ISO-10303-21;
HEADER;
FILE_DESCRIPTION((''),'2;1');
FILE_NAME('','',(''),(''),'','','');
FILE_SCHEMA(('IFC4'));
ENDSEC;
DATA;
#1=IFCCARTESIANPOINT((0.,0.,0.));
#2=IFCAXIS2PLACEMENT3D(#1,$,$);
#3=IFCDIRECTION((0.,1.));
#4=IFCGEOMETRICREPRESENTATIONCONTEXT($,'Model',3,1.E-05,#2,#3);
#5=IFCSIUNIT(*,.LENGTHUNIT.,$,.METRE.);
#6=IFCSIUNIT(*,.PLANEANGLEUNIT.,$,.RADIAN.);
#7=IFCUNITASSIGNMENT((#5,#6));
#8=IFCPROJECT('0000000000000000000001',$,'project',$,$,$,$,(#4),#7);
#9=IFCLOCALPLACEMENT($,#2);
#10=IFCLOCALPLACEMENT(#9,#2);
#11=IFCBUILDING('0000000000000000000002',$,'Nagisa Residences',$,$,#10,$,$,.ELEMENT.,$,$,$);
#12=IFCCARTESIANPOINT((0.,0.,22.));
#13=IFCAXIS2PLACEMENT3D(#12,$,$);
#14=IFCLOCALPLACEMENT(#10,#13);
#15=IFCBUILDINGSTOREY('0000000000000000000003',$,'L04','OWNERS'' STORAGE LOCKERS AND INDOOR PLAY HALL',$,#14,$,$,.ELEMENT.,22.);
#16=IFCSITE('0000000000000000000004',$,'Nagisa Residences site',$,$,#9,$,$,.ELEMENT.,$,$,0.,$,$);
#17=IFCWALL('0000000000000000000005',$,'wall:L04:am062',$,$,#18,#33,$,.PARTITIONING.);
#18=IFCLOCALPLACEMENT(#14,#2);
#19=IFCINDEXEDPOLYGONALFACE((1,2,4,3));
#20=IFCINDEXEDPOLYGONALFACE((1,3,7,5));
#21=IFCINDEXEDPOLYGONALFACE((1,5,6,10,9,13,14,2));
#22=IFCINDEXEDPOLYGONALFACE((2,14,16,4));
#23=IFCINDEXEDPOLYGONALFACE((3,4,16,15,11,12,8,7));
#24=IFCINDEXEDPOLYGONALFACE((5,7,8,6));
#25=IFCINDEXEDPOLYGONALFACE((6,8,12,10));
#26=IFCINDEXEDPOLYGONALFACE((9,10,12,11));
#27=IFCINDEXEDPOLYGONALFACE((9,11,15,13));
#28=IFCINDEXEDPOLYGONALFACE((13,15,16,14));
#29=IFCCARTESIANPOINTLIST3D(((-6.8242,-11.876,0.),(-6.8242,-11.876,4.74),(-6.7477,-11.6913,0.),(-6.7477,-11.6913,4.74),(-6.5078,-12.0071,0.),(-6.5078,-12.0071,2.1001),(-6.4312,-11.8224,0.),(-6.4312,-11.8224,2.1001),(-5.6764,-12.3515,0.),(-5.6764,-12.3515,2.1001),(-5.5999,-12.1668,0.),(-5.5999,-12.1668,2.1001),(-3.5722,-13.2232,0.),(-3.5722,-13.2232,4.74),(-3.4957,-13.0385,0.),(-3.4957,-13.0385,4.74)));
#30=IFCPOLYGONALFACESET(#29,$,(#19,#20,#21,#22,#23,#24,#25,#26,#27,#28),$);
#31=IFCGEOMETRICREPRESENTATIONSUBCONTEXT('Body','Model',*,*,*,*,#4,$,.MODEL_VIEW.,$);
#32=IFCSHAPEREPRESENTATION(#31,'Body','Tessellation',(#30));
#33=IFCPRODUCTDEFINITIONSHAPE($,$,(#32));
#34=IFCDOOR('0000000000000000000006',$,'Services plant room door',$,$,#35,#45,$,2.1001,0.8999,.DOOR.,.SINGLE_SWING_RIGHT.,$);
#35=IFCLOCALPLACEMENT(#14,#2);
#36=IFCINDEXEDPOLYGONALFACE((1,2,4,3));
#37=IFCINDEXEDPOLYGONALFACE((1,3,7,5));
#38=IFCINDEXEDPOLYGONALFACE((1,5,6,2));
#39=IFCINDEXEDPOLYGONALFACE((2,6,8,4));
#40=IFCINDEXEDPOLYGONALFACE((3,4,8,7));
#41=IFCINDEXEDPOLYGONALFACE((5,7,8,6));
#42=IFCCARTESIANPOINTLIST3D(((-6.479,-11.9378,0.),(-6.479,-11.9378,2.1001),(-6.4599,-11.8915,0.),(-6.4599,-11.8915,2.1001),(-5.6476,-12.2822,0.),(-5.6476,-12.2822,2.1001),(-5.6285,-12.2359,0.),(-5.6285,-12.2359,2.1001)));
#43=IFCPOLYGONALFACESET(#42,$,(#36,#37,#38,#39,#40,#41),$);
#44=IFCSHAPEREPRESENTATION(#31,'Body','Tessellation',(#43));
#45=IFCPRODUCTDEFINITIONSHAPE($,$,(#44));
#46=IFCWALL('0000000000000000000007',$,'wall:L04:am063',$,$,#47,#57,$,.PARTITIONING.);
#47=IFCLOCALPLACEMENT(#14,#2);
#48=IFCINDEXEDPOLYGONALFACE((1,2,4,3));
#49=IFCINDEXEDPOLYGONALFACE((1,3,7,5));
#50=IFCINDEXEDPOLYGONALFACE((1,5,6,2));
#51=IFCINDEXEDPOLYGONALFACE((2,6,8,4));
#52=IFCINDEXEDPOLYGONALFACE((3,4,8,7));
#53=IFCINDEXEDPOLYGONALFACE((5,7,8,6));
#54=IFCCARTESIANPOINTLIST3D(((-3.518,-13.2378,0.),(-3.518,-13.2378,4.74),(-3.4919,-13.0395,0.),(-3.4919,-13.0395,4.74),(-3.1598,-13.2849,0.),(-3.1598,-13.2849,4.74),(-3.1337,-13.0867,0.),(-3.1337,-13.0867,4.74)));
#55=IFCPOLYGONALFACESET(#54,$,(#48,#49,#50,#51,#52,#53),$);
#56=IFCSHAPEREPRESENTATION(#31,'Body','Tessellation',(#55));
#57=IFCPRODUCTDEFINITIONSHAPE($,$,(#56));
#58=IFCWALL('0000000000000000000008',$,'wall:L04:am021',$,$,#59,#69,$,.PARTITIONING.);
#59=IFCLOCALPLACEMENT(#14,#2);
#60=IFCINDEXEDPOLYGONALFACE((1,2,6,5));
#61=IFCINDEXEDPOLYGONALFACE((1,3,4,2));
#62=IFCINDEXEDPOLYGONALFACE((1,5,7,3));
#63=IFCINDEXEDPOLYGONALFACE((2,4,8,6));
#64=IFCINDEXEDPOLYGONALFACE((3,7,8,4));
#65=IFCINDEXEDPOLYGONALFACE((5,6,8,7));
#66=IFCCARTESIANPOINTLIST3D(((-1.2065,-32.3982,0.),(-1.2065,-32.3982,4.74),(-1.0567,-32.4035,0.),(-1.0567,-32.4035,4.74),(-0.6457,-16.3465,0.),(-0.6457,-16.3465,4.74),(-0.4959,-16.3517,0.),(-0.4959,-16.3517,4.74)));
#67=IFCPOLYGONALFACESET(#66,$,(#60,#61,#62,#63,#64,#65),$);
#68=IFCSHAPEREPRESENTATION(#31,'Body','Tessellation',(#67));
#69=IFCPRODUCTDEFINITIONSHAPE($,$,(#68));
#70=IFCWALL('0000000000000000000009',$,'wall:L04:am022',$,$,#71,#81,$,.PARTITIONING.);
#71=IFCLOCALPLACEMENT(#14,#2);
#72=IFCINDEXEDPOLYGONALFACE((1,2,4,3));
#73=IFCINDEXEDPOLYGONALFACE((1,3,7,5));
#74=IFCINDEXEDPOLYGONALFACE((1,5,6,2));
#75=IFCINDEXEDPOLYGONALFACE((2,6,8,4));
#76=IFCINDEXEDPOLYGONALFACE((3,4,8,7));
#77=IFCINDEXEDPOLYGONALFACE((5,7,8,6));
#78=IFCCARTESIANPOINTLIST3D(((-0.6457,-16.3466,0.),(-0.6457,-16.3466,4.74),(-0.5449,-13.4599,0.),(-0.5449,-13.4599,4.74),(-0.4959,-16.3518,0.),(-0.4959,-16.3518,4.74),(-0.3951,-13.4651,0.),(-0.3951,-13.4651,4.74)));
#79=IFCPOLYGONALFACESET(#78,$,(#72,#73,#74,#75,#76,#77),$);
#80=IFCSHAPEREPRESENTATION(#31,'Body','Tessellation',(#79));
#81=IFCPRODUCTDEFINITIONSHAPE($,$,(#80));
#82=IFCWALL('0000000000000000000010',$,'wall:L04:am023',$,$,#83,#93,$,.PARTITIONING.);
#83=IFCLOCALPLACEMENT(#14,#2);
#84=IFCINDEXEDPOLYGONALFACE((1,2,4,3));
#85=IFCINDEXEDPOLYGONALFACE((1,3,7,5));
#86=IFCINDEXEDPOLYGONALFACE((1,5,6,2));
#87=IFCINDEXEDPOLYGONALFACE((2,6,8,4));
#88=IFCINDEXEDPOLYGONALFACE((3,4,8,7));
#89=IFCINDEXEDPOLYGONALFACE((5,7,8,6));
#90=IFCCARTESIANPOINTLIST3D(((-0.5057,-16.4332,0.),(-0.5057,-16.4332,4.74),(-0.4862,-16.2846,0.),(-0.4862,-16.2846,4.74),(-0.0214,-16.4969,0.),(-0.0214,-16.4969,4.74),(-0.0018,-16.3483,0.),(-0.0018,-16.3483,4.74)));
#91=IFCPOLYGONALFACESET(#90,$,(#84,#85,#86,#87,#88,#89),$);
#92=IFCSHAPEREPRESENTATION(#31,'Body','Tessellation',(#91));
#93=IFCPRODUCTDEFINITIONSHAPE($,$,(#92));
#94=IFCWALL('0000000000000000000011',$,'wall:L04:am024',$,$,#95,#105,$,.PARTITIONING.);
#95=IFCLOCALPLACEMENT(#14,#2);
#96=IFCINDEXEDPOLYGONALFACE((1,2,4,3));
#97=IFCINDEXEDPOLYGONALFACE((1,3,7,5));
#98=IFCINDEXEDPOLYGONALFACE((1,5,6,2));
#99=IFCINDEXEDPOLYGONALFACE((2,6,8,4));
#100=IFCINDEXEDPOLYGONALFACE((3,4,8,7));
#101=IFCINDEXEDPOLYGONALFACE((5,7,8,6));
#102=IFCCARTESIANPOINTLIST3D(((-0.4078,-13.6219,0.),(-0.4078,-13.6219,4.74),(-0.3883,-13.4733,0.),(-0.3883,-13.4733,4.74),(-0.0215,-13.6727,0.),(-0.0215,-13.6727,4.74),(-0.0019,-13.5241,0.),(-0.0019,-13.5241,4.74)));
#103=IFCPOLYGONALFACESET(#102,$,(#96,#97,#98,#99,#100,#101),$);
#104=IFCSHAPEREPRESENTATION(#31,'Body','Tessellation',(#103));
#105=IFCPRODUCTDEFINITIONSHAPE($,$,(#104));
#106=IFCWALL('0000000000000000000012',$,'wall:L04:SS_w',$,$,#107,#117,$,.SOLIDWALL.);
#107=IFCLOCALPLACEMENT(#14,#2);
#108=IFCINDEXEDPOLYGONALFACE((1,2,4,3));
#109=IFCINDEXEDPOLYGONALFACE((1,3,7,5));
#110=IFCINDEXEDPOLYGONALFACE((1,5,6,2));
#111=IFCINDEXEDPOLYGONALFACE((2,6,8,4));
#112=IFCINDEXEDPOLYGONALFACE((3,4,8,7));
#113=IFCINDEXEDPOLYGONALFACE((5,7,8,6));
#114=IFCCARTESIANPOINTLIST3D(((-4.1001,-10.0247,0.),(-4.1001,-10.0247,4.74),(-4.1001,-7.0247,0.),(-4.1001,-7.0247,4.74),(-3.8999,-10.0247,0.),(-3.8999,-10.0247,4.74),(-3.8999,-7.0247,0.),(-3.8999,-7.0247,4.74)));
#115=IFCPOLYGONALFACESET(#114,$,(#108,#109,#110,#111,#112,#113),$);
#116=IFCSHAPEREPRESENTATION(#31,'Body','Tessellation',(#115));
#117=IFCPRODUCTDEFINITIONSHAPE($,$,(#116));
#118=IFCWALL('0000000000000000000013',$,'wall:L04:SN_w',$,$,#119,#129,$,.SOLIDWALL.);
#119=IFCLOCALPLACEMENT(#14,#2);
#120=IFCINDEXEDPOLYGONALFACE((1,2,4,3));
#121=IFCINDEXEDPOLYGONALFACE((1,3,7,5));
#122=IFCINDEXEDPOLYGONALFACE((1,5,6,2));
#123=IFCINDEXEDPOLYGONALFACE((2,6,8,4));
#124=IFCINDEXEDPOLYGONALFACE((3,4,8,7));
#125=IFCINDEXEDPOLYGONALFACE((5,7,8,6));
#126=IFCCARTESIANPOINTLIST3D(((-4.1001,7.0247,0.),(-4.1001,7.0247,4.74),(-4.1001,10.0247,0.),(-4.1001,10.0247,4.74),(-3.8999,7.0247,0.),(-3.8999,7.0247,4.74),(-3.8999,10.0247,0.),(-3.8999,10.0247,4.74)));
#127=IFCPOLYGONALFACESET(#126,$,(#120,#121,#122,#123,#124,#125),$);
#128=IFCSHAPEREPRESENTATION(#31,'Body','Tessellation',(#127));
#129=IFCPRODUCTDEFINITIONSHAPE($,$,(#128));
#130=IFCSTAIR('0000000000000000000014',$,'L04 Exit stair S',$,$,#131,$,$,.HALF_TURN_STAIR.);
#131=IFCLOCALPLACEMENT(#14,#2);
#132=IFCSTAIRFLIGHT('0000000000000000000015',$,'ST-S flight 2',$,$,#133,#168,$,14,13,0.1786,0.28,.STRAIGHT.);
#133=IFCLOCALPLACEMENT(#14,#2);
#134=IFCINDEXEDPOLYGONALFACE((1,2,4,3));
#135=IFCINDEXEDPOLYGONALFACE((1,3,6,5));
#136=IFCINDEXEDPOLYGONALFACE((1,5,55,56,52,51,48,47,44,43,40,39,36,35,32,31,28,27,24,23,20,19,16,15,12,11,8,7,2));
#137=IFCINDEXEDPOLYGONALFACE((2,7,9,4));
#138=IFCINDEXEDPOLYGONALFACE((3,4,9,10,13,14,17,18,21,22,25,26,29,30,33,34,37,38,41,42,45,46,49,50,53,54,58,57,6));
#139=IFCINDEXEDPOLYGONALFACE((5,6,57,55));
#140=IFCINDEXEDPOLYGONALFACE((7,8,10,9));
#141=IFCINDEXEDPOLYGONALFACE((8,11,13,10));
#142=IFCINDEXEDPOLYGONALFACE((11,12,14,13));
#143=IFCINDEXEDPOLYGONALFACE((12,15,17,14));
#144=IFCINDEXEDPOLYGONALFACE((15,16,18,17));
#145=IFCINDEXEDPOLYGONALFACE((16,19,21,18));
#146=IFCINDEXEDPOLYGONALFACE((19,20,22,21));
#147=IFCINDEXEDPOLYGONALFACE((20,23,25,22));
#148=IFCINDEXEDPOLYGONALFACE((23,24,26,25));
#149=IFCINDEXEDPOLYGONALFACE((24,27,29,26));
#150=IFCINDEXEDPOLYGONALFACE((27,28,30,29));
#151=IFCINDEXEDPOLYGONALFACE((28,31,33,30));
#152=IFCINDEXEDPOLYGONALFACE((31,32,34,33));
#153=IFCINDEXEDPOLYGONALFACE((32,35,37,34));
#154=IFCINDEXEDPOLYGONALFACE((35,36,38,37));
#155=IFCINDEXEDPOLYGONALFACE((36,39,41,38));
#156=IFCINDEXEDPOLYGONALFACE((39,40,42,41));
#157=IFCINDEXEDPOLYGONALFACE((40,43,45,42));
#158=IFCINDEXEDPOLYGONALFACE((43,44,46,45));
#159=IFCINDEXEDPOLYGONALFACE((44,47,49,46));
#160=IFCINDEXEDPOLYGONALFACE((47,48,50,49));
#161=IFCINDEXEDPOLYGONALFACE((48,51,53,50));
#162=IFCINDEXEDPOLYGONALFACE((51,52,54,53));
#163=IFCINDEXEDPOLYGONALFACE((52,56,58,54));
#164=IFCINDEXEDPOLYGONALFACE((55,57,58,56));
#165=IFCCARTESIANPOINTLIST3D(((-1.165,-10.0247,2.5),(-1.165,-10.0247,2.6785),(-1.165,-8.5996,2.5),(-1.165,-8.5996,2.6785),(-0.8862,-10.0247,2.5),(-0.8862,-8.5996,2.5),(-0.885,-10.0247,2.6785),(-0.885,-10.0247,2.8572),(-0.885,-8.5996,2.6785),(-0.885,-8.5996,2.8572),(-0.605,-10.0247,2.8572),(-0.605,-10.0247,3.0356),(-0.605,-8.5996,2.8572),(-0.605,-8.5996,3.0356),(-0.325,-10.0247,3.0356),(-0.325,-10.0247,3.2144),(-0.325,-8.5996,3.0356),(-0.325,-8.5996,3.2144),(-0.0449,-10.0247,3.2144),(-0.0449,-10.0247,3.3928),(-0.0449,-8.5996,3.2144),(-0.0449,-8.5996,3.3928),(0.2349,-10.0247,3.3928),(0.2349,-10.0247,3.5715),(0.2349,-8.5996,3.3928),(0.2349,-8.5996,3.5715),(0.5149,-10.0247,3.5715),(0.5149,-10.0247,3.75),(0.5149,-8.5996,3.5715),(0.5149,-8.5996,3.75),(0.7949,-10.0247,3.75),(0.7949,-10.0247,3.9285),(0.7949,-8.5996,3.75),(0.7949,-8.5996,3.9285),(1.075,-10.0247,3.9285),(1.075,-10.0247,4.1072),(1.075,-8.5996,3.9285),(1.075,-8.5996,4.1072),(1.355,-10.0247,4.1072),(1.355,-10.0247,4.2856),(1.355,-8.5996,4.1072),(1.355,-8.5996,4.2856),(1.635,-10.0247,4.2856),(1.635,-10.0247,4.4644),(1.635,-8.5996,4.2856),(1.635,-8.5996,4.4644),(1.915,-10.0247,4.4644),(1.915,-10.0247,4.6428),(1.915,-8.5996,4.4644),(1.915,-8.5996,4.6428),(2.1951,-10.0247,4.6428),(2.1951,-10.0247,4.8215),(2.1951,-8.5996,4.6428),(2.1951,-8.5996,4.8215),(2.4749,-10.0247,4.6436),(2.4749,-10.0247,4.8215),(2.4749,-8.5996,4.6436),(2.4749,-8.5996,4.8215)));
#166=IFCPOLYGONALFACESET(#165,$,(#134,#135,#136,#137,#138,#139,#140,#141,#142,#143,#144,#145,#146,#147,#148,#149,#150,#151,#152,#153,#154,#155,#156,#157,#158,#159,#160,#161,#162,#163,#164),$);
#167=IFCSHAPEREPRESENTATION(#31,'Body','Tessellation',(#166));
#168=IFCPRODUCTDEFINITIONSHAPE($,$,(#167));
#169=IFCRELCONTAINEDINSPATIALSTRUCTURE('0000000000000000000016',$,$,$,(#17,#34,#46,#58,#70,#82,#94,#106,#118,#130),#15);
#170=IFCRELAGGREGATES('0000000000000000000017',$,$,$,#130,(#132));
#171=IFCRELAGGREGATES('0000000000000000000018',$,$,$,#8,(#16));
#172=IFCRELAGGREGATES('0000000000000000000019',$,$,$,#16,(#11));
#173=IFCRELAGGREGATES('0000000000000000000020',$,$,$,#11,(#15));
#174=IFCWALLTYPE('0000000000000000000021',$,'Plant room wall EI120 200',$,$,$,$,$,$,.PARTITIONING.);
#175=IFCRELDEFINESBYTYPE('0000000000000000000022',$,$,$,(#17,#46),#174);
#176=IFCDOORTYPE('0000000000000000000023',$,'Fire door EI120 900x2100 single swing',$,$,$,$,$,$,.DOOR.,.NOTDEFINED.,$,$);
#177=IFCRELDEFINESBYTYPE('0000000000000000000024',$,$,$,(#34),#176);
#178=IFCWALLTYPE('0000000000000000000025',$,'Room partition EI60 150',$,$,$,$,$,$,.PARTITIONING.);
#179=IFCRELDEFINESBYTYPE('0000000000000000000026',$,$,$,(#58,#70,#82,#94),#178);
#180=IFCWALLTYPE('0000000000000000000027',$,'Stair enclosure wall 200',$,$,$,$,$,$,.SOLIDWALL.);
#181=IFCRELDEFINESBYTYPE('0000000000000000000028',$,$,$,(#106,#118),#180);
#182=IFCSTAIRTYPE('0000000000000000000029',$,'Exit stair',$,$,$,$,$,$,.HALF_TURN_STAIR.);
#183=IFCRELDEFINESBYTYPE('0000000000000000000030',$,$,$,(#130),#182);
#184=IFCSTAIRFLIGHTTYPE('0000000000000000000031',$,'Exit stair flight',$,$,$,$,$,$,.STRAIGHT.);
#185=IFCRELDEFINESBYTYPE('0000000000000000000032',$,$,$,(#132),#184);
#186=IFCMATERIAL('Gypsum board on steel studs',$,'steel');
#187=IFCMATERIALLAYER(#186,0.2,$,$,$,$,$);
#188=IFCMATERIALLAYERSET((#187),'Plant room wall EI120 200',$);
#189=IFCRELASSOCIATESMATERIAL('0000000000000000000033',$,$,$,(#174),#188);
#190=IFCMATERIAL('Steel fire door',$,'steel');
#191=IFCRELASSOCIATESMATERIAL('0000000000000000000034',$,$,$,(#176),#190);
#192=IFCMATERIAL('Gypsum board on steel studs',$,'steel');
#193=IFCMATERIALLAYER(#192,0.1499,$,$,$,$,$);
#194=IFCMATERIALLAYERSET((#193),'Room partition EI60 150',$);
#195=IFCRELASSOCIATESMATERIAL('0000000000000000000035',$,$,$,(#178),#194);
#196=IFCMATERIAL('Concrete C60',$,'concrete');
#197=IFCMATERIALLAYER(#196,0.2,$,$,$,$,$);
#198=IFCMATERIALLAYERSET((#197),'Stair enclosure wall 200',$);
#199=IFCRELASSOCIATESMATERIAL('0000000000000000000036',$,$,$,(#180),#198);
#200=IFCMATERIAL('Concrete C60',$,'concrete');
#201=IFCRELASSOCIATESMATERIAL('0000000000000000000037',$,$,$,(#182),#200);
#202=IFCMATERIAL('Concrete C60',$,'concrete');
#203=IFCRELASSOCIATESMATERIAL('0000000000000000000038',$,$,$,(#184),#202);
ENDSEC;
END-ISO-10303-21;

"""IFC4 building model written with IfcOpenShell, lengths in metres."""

from ifc_helpers import new_model, si_unit, direction, frame, frame_2d, origin, place, context, subcontext, project, spatial, polyline, rectangle, outline, extrude, material, layer, layer_set, type_object, element, fill, aggregate, save


model = new_model("IFC4")

# Units and contexts
model_context = context("Model", 3, precision=1e-05, world=origin(), true_north=direction((0.0, 1.0)))
body_context = subcontext(model_context, "Body", "Model", "MODEL_VIEW")
ifc_project = project(units=[si_unit("LENGTHUNIT", "METRE"), si_unit("PLANEANGLEUNIT", "RADIAN")], contexts=[model_context])

# Site, building, storey
site_placement = place(None, origin())
site = spatial("IfcSite", under=ifc_project, at=site_placement, Name="Nagisa Residences site", CompositionType="ELEMENT", RefElevation=0.0)
building_placement = place(site_placement, origin())
building = spatial("IfcBuilding", under=site, at=building_placement, Name="Nagisa Residences", CompositionType="ELEMENT")
storey_placement = place(building_placement, frame((0.0, 0.0, 22.0)))
storey = spatial("IfcBuildingStorey", under=building, at=storey_placement, Name="L04", Description="OWNERS' STORAGE LOCKERS AND INDOOR PLAY HALL", CompositionType="ELEMENT", Elevation=22.0)

# Wall, opening, door
ifc_material_1 = material(Name="Gypsum board on steel studs", Category="steel")
ifc_layer_1 = layer(ifc_material_1, 0.2)
ifc_layer_set_1 = layer_set([ifc_layer_1], Name="Plant room wall EI120 200")
wall_type_1 = type_object("IfcWallType", Name="Plant room wall EI120 200", PredefinedType="PARTITIONING", material=ifc_layer_set_1)
wall_1_placement = place(storey_placement, frame((-3.5339, -13.1309, 0.0), z_axis=(0.0, 0.0, 1.0), x_axis=(-0.923863, 0.382723, 0.0)))
wall_1 = element("IfcWall", 1, at=wall_1_placement, inside=storey, type_object=wall_type_1, Name="wall:L04:am062", PredefinedType="PARTITIONING", context=body_context, shape_type="SweptSolid", body=[
    extrude(rectangle(XDim=3.52, YDim=0.2, at=frame_2d((1.76, 0.0))), origin(), (0.0, 0.0, 1.0), 4.74),
])
opening_placement = place(wall_1_placement, frame((2.2776, 0.0, 0.0)))
opening = element("IfcOpeningElement", 2, at=opening_placement, cuts=wall_1, PredefinedType="OPENING", context=body_context, shape_type="SweptSolid", body=[
    extrude(rectangle(XDim=0.8999, YDim=2.1001, at=frame_2d((0.45, 1.05))), frame((0.0, 0.1099, 0.0), z_axis=(0.0, -1.0, 0.0), x_axis=(1.0, 0.0, 0.0)), (0.0, 0.0, 1.0), 0.22),
])
ifc_material_2 = material(Name="Steel fire door", Category="steel")
door_type = type_object("IfcDoorType", Name="Fire door EI120 900x2100 single swing", OperationType="NOTDEFINED", PredefinedType="DOOR", material=ifc_material_2)
door_placement = place(opening_placement, origin())
door = element("IfcDoor", 3, at=door_placement, inside=storey, type_object=door_type, Name="Services plant room door", OperationType="SINGLE_SWING_RIGHT", OverallHeight=2.1001, OverallWidth=0.8999, PredefinedType="DOOR", context=body_context, shape_type="SweptSolid", body=[
    extrude(rectangle(XDim=0.8999, YDim=2.1001, at=frame_2d((0.45, 1.05))), frame((0.0, 0.0249, 0.0), z_axis=(0.0, -1.0, 0.0), x_axis=(1.0, 0.0, 0.0)), (0.0, 0.0, 1.0), 0.05),
])
fill(opening, door)

# Walls
wall_2_placement = place(storey_placement, frame((-3.1467, -13.1858, 0.0), z_axis=(0.0, 0.0, 1.0), x_axis=(-0.991457, 0.130437, 0.0)))
element("IfcWall", 4, at=wall_2_placement, inside=storey, type_object=wall_type_1, Name="wall:L04:am063", PredefinedType="PARTITIONING", context=body_context, shape_type="SweptSolid", body=[
    extrude(rectangle(XDim=0.3613, YDim=0.2, at=frame_2d((0.1807, 0.0))), origin(), (0.0, 0.0, 1.0), 4.74),
])
ifc_material_3 = material(Name="Gypsum board on steel studs", Category="steel")
ifc_layer_2 = layer(ifc_material_3, 0.1499)
ifc_layer_set_2 = layer_set([ifc_layer_2], Name="Room partition EI60 150")
wall_type_2 = type_object("IfcWallType", Name="Room partition EI60 150", PredefinedType="PARTITIONING", material=ifc_layer_set_2)
wall_3_placement = place(storey_placement, frame((-0.5708, -16.3491, 0.0), z_axis=(0.0, 0.0, 1.0), x_axis=(-0.034915, -0.99939, 0.0)))
element("IfcWall", 5, at=wall_3_placement, inside=storey, type_object=wall_type_2, Name="wall:L04:am021", PredefinedType="PARTITIONING", context=body_context, shape_type="SweptSolid", body=[
    extrude(rectangle(XDim=16.0615, YDim=0.1499, at=frame_2d((8.0308, 0.0))), origin(), (0.0, 0.0, 1.0), 4.74),
])
wall_4_placement = place(storey_placement, frame((-0.47, -13.4624, 0.0), z_axis=(0.0, 0.0, 1.0), x_axis=(-0.034908, -0.999391, 0.0)))
element("IfcWall", 6, at=wall_4_placement, inside=storey, type_object=wall_type_2, Name="wall:L04:am022", PredefinedType="PARTITIONING", context=body_context, shape_type="SweptSolid", body=[
    extrude(rectangle(XDim=2.8884, YDim=0.1499, at=frame_2d((1.4443, 0.0))), origin(), (0.0, 0.0, 1.0), 4.74),
])
wall_5_placement = place(storey_placement, frame((-0.0117, -16.4226, 0.0), z_axis=(0.0, 0.0, 1.0), x_axis=(-0.991458, 0.130429, 0.0)))
element("IfcWall", 7, at=wall_5_placement, inside=storey, type_object=wall_type_2, Name="wall:L04:am023", PredefinedType="PARTITIONING", context=body_context, shape_type="SweptSolid", body=[
    extrude(rectangle(XDim=0.4885, YDim=0.1499, at=frame_2d((0.2441, 0.0))), origin(), (0.0, 0.0, 1.0), 4.74),
])
wall_6_placement = place(storey_placement, frame((-0.0117, -13.5984, 0.0), z_axis=(0.0, 0.0, 1.0), x_axis=(-0.991467, 0.130357, 0.0)))
element("IfcWall", 8, at=wall_6_placement, inside=storey, type_object=wall_type_2, Name="wall:L04:am024", PredefinedType="PARTITIONING", context=body_context, shape_type="SweptSolid", body=[
    extrude(rectangle(XDim=0.3896, YDim=0.1499, at=frame_2d((0.1948, 0.0))), origin(), (0.0, 0.0, 1.0), 4.74),
])
ifc_material_4 = material(Name="Concrete C60", Category="concrete")
ifc_layer_3 = layer(ifc_material_4, 0.2)
ifc_layer_set_3 = layer_set([ifc_layer_3], Name="Stair enclosure wall 200")
wall_type_3 = type_object("IfcWallType", Name="Stair enclosure wall 200", PredefinedType="SOLIDWALL", material=ifc_layer_set_3)
wall_7_placement = place(storey_placement, origin())
element("IfcWall", 9, at=wall_7_placement, inside=storey, type_object=wall_type_3, Name="wall:L04:SS_w", PredefinedType="SOLIDWALL", context=body_context, shape_type="SweptSolid", body=[
    extrude(outline(polyline([(-3.8999, -10.0247), (-4.1001, -10.0247), (-4.1001, -7.0247), (-3.8999, -7.0247), (-3.8999, -10.0247)])), origin(), (0.0, 0.0, 1.0), 4.74),
])
wall_8_placement = place(storey_placement, origin())
element("IfcWall", 10, at=wall_8_placement, inside=storey, type_object=wall_type_3, Name="wall:L04:SN_w", PredefinedType="SOLIDWALL", context=body_context, shape_type="SweptSolid", body=[
    extrude(outline(polyline([(-3.8999, 7.0247), (-4.1001, 7.0247), (-4.1001, 10.0247), (-3.8999, 10.0247), (-3.8999, 7.0247)])), origin(), (0.0, 0.0, 1.0), 4.74),
])

# Stair, stair flight
ifc_material_5 = material(Name="Concrete C60", Category="concrete")
stair_type = type_object("IfcStairType", Name="Exit stair", PredefinedType="HALF_TURN_STAIR", material=ifc_material_5)
stair_placement = place(storey_placement, origin())
stair = element("IfcStair", 11, at=stair_placement, inside=storey, type_object=stair_type, Name="L04 Exit stair S", PredefinedType="HALF_TURN_STAIR")
ifc_material_6 = material(Name="Concrete C60", Category="concrete")
stair_flight_type = type_object("IfcStairFlightType", Name="Exit stair flight", PredefinedType="STRAIGHT", material=ifc_material_6)
stair_flight_placement = place(storey_placement, frame((-1.165, -9.312, 2.5), z_axis=(0.0, 0.0, 1.0), x_axis=(1.0, 0.0, 0.0)))
stair_flight = element("IfcStairFlight", 12, at=stair_flight_placement, type_object=stair_flight_type, Name="ST-S flight 2", NumberOfRisers=14, NumberOfTreads=13, PredefinedType="STRAIGHT", RiserHeight=0.1786, TreadLength=0.28, context=body_context, shape_type="SweptSolid", body=[
    extrude(outline(polyline([(0.0, 0.0), (0.0, 0.1785), (0.28, 0.1785), (0.28, 0.3572), (0.5601, 0.3572), (0.5601, 0.5356), (0.8401, 0.5356), (0.8401, 0.7144), (1.1201, 0.7144), (1.1201, 0.8928), (1.3999, 0.8928), (1.3999, 1.0715), (1.6799, 1.0715), (1.6799, 1.25), (1.96, 1.25), (1.96, 1.4285), (2.24, 1.4285), (2.24, 1.6072), (2.52, 1.6072), (2.52, 1.7856), (2.8, 1.7856), (2.8, 1.9644), (3.0801, 1.9644), (3.0801, 2.1428), (3.3601, 2.1428), (3.3601, 2.3215), (3.6399, 2.3215), (3.6399, 2.5), (3.6399, 2.1436), (0.2788, 0.0), (0.0, 0.0)])), frame((0.0, 0.7124, 0.0), z_axis=(0.0, -1.0, 0.0), x_axis=(1.0, 0.0, 0.0)), (0.0, 0.0, 1.0), 1.425),
])
aggregate(stair, [stair_flight])

save(model, "model.ifc")
